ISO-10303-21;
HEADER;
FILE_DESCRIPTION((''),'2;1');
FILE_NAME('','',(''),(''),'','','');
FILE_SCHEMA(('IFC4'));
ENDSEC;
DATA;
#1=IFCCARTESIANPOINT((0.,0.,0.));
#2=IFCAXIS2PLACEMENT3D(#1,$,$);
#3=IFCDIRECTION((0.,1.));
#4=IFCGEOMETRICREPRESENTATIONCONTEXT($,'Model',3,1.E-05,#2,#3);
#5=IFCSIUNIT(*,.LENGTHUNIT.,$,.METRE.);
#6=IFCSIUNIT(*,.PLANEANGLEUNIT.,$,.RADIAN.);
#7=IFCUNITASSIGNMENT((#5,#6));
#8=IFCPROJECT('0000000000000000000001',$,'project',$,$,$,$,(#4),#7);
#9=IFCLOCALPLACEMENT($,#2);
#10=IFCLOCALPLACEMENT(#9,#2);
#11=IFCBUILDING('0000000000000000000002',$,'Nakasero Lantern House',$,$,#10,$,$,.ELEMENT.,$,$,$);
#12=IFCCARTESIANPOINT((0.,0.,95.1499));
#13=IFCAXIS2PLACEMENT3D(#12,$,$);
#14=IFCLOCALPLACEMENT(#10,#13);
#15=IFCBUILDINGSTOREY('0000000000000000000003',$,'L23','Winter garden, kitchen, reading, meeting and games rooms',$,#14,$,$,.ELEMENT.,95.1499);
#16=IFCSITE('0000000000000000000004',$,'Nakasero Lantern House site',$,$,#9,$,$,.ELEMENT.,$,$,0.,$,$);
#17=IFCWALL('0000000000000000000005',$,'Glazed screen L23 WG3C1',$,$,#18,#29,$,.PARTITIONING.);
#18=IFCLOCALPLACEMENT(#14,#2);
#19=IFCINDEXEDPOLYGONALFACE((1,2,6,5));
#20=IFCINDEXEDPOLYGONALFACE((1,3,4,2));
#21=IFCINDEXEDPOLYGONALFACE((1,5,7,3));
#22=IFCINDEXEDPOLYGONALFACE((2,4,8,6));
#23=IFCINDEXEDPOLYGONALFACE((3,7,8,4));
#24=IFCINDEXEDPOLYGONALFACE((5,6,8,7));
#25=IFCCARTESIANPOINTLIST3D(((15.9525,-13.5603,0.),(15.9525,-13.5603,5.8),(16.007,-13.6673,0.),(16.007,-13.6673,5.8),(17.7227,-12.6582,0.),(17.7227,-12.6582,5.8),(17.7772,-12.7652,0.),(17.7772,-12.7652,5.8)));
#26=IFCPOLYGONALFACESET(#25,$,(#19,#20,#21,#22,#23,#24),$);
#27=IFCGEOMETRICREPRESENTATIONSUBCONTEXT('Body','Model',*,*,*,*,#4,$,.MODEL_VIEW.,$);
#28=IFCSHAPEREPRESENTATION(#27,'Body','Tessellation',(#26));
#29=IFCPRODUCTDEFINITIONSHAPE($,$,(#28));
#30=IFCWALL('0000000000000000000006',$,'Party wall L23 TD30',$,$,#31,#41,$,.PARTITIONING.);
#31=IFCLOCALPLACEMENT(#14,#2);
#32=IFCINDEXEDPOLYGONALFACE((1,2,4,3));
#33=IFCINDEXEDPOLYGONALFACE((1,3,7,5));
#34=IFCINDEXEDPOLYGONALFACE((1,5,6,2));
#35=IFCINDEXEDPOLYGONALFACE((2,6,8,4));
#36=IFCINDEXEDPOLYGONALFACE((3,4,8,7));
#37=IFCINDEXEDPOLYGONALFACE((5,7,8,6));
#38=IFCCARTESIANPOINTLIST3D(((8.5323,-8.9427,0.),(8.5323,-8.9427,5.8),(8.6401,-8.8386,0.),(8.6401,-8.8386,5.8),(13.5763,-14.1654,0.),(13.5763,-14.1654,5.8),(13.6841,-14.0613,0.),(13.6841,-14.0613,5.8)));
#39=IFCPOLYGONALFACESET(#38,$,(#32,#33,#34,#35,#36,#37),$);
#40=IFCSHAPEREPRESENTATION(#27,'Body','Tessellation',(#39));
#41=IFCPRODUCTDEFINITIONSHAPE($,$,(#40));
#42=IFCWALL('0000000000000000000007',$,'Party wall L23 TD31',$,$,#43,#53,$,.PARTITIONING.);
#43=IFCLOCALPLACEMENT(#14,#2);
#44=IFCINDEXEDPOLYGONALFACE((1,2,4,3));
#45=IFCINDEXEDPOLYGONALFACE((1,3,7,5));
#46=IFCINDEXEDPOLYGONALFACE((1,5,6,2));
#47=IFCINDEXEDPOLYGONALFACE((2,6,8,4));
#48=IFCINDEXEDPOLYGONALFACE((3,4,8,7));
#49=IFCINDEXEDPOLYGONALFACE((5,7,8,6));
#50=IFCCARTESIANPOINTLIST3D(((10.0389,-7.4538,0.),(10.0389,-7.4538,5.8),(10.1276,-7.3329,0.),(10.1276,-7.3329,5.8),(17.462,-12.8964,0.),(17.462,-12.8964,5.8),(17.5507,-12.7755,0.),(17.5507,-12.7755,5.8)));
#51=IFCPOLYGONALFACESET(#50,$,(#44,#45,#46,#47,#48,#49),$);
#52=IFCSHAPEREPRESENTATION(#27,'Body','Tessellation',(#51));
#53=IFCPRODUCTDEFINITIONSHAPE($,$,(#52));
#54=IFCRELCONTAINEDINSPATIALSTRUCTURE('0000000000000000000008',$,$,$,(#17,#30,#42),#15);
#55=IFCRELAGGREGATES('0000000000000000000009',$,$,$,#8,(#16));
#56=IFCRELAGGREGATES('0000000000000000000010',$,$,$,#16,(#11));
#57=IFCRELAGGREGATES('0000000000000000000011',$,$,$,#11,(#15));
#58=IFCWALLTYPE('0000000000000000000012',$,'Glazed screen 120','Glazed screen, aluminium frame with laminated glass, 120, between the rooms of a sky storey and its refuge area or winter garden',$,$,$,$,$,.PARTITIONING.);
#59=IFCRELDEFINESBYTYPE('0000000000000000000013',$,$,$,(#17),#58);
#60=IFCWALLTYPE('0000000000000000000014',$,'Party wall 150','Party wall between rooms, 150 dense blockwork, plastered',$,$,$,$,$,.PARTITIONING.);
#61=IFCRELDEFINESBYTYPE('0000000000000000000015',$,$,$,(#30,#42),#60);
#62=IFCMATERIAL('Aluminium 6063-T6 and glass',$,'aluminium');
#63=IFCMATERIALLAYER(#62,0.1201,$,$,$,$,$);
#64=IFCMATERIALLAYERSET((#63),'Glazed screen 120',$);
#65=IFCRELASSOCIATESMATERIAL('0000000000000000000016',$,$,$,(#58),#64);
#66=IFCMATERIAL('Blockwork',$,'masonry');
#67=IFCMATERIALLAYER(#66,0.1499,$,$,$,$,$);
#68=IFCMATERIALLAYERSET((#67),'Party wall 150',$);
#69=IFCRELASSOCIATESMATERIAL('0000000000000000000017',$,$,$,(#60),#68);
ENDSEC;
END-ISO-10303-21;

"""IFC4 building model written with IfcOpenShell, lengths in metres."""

from ifc_helpers import new_model, si_unit, direction, frame, frame_2d, origin, place, context, subcontext, project, spatial, rectangle, extrude, material, layer, layer_set, type_object, element, save


model = new_model("IFC4")

# Units and contexts
model_context = context("Model", 3, precision=1e-05, world=origin(), true_north=direction((0.0, 1.0)))
body_context = subcontext(model_context, "Body", "Model", "MODEL_VIEW")
ifc_project = project(units=[si_unit("LENGTHUNIT", "METRE"), si_unit("PLANEANGLEUNIT", "RADIAN")], contexts=[model_context])

# Site, building, storey
site_placement = place(None, origin())
site = spatial("IfcSite", under=ifc_project, at=site_placement, Name="Nakasero Lantern House site", CompositionType="ELEMENT", RefElevation=0.0)
building_placement = place(site_placement, origin())
building = spatial("IfcBuilding", under=site, at=building_placement, Name="Nakasero Lantern House", CompositionType="ELEMENT")
storey_placement = place(building_placement, frame((0.0, 0.0, 95.1499)))
storey = spatial("IfcBuildingStorey", under=building, at=storey_placement, Name="L23", Description="Winter garden, kitchen, reading, meeting and games rooms", CompositionType="ELEMENT", Elevation=95.1499)

# Walls
ifc_material_1 = material(Name="Aluminium 6063-T6 and glass", Category="aluminium")
ifc_layer_1 = layer(ifc_material_1, 0.1201)
ifc_layer_set_1 = layer_set([ifc_layer_1], Name="Glazed screen 120")
wall_type_1 = type_object("IfcWallType", Name="Glazed screen 120", Description="Glazed screen, aluminium frame with laminated glass, 120, between the rooms of a sky storey and its refuge area or winter garden", PredefinedType="PARTITIONING", material=ifc_layer_set_1)
wall_1_placement = place(storey_placement, frame((15.9797, -13.6138, 0.0), z_axis=(0.0, 0.0, 1.0), x_axis=(0.890985, 0.454033, 0.0)))
element("IfcWall", 1, at=wall_1_placement, inside=storey, type_object=wall_type_1, Name="Glazed screen L23 WG3C1", PredefinedType="PARTITIONING", context=body_context, shape_type="SweptSolid", body=[
    extrude(rectangle(XDim=1.9868, YDim=0.1201, at=frame_2d((0.9934, 0.0))), origin(), (0.0, 0.0, 1.0), 5.8),
])
ifc_material_2 = material(Name="Blockwork", Category="masonry")
ifc_layer_2 = layer(ifc_material_2, 0.1499)
ifc_layer_set_2 = layer_set([ifc_layer_2], Name="Party wall 150")
wall_type_2 = type_object("IfcWallType", Name="Party wall 150", Description="Party wall between rooms, 150 dense blockwork, plastered", PredefinedType="PARTITIONING", material=ifc_layer_set_2)
wall_2_placement = place(storey_placement, frame((8.5862, -8.8906, 0.0), z_axis=(0.0, 0.0, 1.0), x_axis=(0.694693, -0.719306, 0.0)))
element("IfcWall", 2, at=wall_2_placement, inside=storey, type_object=wall_type_2, Name="Party wall L23 TD30", PredefinedType="PARTITIONING", context=body_context, shape_type="SweptSolid", body=[
    extrude(rectangle(XDim=7.2607, YDim=0.1499, at=frame_2d((3.6304, 0.0))), origin(), (0.0, 0.0, 1.0), 5.8),
])
wall_3_placement = place(storey_placement, frame((10.0833, -7.3933, 0.0), z_axis=(0.0, 0.0, 1.0), x_axis=(0.806456, -0.591295, 0.0)))
element("IfcWall", 3, at=wall_3_placement, inside=storey, type_object=wall_type_2, Name="Party wall L23 TD31", PredefinedType="PARTITIONING", context=body_context, shape_type="SweptSolid", body=[
    extrude(rectangle(XDim=9.2046, YDim=0.1499, at=frame_2d((4.6023, 0.0))), origin(), (0.0, 0.0, 1.0), 5.8),
])

save(model, "model.ifc")
